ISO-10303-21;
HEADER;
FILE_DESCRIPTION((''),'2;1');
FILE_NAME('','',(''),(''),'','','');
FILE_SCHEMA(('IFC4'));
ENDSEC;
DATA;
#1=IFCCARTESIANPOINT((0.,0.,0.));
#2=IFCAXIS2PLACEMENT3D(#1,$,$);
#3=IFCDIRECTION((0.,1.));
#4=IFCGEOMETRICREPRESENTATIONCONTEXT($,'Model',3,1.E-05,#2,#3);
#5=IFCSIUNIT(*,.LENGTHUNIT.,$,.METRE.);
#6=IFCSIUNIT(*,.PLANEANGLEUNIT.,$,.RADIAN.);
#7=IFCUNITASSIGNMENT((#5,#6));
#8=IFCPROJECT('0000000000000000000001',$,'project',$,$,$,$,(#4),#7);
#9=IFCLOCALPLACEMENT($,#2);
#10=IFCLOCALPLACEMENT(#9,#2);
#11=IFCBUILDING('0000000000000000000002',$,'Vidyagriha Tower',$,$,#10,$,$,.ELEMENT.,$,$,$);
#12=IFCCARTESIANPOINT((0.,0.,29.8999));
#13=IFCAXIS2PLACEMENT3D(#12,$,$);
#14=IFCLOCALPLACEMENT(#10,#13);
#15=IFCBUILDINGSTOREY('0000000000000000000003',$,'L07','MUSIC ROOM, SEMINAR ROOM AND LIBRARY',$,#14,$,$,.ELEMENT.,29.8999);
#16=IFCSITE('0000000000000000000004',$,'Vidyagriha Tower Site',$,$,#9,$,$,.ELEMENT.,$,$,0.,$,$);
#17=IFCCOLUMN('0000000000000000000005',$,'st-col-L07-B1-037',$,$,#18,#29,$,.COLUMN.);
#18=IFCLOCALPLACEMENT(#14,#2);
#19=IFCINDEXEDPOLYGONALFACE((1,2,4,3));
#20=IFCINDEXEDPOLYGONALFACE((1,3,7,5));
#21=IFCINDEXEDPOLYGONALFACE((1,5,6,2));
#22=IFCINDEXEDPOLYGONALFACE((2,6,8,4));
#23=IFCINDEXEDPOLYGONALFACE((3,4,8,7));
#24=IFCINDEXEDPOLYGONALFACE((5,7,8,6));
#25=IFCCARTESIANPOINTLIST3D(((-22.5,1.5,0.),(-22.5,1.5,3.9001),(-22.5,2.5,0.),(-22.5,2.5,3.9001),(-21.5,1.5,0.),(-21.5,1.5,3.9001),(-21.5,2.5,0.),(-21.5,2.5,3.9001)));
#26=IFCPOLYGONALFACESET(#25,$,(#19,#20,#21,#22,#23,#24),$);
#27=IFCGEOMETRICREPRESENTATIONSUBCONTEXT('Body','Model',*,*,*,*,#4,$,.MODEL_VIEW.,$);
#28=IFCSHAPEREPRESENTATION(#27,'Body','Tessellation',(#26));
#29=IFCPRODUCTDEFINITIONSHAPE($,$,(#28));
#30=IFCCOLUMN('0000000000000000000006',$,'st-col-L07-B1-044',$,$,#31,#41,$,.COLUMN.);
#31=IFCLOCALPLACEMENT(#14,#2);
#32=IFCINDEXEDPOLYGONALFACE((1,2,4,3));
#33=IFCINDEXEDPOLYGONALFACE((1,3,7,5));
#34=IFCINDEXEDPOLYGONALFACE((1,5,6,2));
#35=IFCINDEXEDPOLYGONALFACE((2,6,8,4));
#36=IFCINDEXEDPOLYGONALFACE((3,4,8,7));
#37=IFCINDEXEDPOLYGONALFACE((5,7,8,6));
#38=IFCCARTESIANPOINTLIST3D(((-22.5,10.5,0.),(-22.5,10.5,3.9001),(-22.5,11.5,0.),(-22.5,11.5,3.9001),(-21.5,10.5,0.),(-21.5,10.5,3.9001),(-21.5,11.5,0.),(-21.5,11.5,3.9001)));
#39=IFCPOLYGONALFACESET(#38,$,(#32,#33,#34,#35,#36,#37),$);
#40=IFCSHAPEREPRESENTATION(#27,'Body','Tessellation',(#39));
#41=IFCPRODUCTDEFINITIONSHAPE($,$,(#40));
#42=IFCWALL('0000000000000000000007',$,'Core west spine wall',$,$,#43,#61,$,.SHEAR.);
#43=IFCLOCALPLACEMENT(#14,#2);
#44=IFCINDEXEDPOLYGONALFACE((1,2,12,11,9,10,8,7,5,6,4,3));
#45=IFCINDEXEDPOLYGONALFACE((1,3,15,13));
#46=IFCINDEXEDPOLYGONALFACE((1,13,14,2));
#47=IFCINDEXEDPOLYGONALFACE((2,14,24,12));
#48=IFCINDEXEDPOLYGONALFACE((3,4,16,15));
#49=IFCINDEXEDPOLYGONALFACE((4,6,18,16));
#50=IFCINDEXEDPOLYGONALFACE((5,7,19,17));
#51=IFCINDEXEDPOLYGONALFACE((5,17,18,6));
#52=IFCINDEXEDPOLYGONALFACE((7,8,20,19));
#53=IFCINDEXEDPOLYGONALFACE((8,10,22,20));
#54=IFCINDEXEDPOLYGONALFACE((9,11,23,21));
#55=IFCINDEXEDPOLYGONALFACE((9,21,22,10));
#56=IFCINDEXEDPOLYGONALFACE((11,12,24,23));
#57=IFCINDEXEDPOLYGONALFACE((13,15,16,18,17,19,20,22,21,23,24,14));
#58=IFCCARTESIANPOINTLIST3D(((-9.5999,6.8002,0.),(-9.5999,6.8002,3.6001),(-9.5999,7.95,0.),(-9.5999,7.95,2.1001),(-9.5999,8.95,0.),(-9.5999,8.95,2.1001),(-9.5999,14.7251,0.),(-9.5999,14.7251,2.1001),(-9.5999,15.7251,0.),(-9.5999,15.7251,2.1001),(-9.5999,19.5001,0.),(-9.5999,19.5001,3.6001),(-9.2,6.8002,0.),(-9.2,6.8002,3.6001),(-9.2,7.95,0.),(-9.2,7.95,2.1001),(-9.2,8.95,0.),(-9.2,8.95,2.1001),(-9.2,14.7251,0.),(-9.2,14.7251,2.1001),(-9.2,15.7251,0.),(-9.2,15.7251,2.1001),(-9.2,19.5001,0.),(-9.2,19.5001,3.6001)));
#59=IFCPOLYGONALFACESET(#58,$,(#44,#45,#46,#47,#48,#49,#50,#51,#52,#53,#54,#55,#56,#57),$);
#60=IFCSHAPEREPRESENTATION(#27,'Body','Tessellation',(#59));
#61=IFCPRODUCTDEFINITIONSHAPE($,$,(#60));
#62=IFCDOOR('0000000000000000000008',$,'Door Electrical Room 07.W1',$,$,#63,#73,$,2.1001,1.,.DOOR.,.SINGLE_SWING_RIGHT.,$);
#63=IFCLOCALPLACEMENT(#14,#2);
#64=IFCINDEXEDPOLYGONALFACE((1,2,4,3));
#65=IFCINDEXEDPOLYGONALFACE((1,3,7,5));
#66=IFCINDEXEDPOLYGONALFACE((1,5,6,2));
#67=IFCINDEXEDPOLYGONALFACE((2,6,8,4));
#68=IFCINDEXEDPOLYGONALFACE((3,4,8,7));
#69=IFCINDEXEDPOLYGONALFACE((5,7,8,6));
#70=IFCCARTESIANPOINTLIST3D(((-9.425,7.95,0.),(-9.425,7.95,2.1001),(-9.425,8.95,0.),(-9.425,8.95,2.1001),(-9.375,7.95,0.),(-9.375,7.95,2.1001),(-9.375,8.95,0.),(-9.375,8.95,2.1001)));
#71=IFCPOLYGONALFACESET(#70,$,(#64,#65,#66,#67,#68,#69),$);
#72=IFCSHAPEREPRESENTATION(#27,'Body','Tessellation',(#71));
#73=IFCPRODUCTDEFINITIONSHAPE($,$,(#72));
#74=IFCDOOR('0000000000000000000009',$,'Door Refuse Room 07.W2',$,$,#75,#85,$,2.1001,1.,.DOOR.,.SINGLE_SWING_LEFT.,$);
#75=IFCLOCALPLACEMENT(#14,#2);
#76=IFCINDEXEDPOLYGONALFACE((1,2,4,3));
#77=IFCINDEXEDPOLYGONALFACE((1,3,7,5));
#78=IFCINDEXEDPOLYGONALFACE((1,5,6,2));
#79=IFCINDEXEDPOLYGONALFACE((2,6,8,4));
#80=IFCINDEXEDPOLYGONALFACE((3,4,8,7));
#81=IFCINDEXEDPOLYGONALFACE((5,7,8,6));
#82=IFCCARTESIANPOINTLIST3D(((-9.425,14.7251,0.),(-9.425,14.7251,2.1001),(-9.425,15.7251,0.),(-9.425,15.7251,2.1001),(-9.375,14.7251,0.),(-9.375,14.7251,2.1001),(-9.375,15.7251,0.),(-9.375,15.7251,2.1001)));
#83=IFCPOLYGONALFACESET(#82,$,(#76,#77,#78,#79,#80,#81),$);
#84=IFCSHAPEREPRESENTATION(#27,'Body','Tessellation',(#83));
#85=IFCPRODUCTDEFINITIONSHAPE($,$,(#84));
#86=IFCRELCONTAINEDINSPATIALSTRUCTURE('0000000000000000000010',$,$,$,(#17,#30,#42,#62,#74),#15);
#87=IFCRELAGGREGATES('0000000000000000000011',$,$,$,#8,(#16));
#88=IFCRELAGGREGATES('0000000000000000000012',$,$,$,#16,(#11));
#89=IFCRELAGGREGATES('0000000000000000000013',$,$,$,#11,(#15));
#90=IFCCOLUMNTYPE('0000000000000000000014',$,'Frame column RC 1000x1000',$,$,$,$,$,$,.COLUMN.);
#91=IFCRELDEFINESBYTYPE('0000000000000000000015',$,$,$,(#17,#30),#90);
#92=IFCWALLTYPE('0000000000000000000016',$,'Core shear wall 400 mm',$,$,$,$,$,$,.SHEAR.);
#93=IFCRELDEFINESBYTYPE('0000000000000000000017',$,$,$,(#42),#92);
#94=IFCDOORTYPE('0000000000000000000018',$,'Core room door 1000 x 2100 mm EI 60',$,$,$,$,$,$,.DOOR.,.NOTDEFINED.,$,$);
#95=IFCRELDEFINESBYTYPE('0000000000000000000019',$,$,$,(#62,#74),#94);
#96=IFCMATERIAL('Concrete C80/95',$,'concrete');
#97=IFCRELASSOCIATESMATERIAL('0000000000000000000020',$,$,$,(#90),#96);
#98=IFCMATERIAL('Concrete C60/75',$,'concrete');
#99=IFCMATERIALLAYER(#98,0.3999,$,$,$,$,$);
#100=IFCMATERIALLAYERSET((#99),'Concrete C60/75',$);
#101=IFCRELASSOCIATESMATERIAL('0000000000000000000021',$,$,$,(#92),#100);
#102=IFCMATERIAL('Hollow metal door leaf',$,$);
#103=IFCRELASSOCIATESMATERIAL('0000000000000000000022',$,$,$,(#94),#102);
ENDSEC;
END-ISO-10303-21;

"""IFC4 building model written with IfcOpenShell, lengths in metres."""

from ifc_helpers import new_model, si_unit, direction, frame, frame_2d, origin, origin_2d, place, context, subcontext, project, spatial, rectangle, extrude, material, layer, layer_set, material_profile, profile_set, type_object, element, fill, save


model = new_model("IFC4")

# Units and contexts
model_context = context("Model", 3, precision=1e-05, world=origin(), true_north=direction((0.0, 1.0)))
body_context = subcontext(model_context, "Body", "Model", "MODEL_VIEW")
ifc_project = project(units=[si_unit("LENGTHUNIT", "METRE"), si_unit("PLANEANGLEUNIT", "RADIAN")], contexts=[model_context])

# Site, building, storey
site_placement = place(None, origin())
site = spatial("IfcSite", under=ifc_project, at=site_placement, Name="Vidyagriha Tower Site", CompositionType="ELEMENT", RefElevation=0.0)
building_placement = place(site_placement, origin())
building = spatial("IfcBuilding", under=site, at=building_placement, Name="Vidyagriha Tower", CompositionType="ELEMENT")
storey_placement = place(building_placement, frame((0.0, 0.0, 29.8999)))
storey = spatial("IfcBuildingStorey", under=building, at=storey_placement, Name="L07", Description="MUSIC ROOM, SEMINAR ROOM AND LIBRARY", CompositionType="ELEMENT", Elevation=29.8999)

# Columns
ifc_material_1 = material(Name="Concrete C80/95", Category="concrete")
ifc_material_profile = material_profile(ifc_material_1, rectangle(XDim=1.0, YDim=1.0, at=origin_2d()), Name="RC 1000x1000")
ifc_profile_set = profile_set([ifc_material_profile], Name="Concrete C80/95")
column_type = type_object("IfcColumnType", Name="Frame column RC 1000x1000", PredefinedType="COLUMN", material=ifc_profile_set)
for number, where, name in (
    (1, (-22.0, 2.0, 0.0), "st-col-L07-B1-037"),
    (2, (-22.0, 11.0, 0.0), "st-col-L07-B1-044"),
):
    element("IfcColumn", number, at=place(storey_placement, frame(where)), inside=storey, type_object=column_type, Name=name, PredefinedType="COLUMN", context=body_context, shape_type="SweptSolid", body=[
        extrude(rectangle(XDim=1.0, YDim=1.0, at=origin_2d()), origin(), (0.0, 0.0, 1.0), 3.9001),
    ])

# Wall, openings, doors
ifc_material_2 = material(Name="Concrete C60/75", Category="concrete")
ifc_layer_1 = layer(ifc_material_2, 0.3999)
ifc_layer_set_1 = layer_set([ifc_layer_1], Name="Concrete C60/75")
wall_type_1 = type_object("IfcWallType", Name="Core shear wall 400 mm", PredefinedType="SHEAR", material=ifc_layer_set_1)
wall_1_placement = place(storey_placement, frame((-9.3999, 6.8, 0.0), z_axis=(0.0, 0.0, 1.0), x_axis=(0.0, 1.0, 0.0)))
wall_1 = element("IfcWall", 3, at=wall_1_placement, inside=storey, type_object=wall_type_1, Name="Core west spine wall", PredefinedType="SHEAR", context=body_context, shape_type="SweptSolid", body=[
    extrude(rectangle(XDim=12.7, YDim=0.3999, at=frame_2d((6.3501, 0.0))), origin(), (0.0, 0.0, 1.0), 3.6001),
])
opening_1_placement = place(wall_1_placement, frame((1.1499, 0.0, 0.0)))
opening_1 = element("IfcOpeningElement", 4, at=opening_1_placement, cuts=wall_1, PredefinedType="OPENING", context=body_context, shape_type="SweptSolid", body=[
    extrude(rectangle(XDim=1.0, YDim=2.1001, at=frame_2d((0.5, 1.05))), frame((0.0, 0.21, 0.0), z_axis=(0.0, -1.0, 0.0), x_axis=(1.0, 0.0, 0.0)), (0.0, 0.0, 1.0), 0.4199),
])
opening_2_placement = place(wall_1_placement, frame((7.925, 0.0, 0.0)))
opening_2 = element("IfcOpeningElement", 5, at=opening_2_placement, cuts=wall_1, PredefinedType="OPENING", context=body_context, shape_type="SweptSolid", body=[
    extrude(rectangle(XDim=1.0, YDim=2.1001, at=frame_2d((0.5, 1.05))), frame((0.0, 0.21, 0.0), z_axis=(0.0, -1.0, 0.0), x_axis=(1.0, 0.0, 0.0)), (0.0, 0.0, 1.0), 0.4199),
])
ifc_material_3 = material(Name="Hollow metal door leaf")
door_type_1 = type_object("IfcDoorType", Name="Core room door 1000 x 2100 mm EI 60", OperationType="NOTDEFINED", PredefinedType="DOOR", material=ifc_material_3)
door_1_placement = place(opening_1_placement, frame((1.0, 0.0, 0.0), z_axis=(0.0, 0.0, 1.0), x_axis=(-1.0, 0.0, 0.0)))
door_1 = element("IfcDoor", 6, at=door_1_placement, inside=storey, type_object=door_type_1, Name="Door Electrical Room 07.W1", OperationType="SINGLE_SWING_RIGHT", OverallHeight=2.1001, OverallWidth=1.0, PredefinedType="DOOR", context=body_context, shape_type="SweptSolid", body=[
    extrude(rectangle(XDim=1.0, YDim=2.1001, at=frame_2d((0.5, 1.05))), frame((0.0, 0.0249, 0.0), z_axis=(0.0, -1.0, 0.0), x_axis=(1.0, 0.0, 0.0)), (0.0, 0.0, 1.0), 0.05),
])
fill(opening_1, door_1)
door_2_placement = place(opening_2_placement, frame((1.0, 0.0, 0.0), z_axis=(0.0, 0.0, 1.0), x_axis=(-1.0, 0.0, 0.0)))
door_2 = element("IfcDoor", 7, at=door_2_placement, inside=storey, type_object=door_type_1, Name="Door Refuse Room 07.W2", OperationType="SINGLE_SWING_LEFT", OverallHeight=2.1001, OverallWidth=1.0, PredefinedType="DOOR", context=body_context, shape_type="SweptSolid", body=[
    extrude(rectangle(XDim=1.0, YDim=2.1001, at=frame_2d((0.5, 1.05))), frame((0.0, 0.0249, 0.0), z_axis=(0.0, -1.0, 0.0), x_axis=(1.0, 0.0, 0.0)), (0.0, 0.0, 1.0), 0.05),
])
fill(opening_2, door_2)

save(model, "model.ifc")
